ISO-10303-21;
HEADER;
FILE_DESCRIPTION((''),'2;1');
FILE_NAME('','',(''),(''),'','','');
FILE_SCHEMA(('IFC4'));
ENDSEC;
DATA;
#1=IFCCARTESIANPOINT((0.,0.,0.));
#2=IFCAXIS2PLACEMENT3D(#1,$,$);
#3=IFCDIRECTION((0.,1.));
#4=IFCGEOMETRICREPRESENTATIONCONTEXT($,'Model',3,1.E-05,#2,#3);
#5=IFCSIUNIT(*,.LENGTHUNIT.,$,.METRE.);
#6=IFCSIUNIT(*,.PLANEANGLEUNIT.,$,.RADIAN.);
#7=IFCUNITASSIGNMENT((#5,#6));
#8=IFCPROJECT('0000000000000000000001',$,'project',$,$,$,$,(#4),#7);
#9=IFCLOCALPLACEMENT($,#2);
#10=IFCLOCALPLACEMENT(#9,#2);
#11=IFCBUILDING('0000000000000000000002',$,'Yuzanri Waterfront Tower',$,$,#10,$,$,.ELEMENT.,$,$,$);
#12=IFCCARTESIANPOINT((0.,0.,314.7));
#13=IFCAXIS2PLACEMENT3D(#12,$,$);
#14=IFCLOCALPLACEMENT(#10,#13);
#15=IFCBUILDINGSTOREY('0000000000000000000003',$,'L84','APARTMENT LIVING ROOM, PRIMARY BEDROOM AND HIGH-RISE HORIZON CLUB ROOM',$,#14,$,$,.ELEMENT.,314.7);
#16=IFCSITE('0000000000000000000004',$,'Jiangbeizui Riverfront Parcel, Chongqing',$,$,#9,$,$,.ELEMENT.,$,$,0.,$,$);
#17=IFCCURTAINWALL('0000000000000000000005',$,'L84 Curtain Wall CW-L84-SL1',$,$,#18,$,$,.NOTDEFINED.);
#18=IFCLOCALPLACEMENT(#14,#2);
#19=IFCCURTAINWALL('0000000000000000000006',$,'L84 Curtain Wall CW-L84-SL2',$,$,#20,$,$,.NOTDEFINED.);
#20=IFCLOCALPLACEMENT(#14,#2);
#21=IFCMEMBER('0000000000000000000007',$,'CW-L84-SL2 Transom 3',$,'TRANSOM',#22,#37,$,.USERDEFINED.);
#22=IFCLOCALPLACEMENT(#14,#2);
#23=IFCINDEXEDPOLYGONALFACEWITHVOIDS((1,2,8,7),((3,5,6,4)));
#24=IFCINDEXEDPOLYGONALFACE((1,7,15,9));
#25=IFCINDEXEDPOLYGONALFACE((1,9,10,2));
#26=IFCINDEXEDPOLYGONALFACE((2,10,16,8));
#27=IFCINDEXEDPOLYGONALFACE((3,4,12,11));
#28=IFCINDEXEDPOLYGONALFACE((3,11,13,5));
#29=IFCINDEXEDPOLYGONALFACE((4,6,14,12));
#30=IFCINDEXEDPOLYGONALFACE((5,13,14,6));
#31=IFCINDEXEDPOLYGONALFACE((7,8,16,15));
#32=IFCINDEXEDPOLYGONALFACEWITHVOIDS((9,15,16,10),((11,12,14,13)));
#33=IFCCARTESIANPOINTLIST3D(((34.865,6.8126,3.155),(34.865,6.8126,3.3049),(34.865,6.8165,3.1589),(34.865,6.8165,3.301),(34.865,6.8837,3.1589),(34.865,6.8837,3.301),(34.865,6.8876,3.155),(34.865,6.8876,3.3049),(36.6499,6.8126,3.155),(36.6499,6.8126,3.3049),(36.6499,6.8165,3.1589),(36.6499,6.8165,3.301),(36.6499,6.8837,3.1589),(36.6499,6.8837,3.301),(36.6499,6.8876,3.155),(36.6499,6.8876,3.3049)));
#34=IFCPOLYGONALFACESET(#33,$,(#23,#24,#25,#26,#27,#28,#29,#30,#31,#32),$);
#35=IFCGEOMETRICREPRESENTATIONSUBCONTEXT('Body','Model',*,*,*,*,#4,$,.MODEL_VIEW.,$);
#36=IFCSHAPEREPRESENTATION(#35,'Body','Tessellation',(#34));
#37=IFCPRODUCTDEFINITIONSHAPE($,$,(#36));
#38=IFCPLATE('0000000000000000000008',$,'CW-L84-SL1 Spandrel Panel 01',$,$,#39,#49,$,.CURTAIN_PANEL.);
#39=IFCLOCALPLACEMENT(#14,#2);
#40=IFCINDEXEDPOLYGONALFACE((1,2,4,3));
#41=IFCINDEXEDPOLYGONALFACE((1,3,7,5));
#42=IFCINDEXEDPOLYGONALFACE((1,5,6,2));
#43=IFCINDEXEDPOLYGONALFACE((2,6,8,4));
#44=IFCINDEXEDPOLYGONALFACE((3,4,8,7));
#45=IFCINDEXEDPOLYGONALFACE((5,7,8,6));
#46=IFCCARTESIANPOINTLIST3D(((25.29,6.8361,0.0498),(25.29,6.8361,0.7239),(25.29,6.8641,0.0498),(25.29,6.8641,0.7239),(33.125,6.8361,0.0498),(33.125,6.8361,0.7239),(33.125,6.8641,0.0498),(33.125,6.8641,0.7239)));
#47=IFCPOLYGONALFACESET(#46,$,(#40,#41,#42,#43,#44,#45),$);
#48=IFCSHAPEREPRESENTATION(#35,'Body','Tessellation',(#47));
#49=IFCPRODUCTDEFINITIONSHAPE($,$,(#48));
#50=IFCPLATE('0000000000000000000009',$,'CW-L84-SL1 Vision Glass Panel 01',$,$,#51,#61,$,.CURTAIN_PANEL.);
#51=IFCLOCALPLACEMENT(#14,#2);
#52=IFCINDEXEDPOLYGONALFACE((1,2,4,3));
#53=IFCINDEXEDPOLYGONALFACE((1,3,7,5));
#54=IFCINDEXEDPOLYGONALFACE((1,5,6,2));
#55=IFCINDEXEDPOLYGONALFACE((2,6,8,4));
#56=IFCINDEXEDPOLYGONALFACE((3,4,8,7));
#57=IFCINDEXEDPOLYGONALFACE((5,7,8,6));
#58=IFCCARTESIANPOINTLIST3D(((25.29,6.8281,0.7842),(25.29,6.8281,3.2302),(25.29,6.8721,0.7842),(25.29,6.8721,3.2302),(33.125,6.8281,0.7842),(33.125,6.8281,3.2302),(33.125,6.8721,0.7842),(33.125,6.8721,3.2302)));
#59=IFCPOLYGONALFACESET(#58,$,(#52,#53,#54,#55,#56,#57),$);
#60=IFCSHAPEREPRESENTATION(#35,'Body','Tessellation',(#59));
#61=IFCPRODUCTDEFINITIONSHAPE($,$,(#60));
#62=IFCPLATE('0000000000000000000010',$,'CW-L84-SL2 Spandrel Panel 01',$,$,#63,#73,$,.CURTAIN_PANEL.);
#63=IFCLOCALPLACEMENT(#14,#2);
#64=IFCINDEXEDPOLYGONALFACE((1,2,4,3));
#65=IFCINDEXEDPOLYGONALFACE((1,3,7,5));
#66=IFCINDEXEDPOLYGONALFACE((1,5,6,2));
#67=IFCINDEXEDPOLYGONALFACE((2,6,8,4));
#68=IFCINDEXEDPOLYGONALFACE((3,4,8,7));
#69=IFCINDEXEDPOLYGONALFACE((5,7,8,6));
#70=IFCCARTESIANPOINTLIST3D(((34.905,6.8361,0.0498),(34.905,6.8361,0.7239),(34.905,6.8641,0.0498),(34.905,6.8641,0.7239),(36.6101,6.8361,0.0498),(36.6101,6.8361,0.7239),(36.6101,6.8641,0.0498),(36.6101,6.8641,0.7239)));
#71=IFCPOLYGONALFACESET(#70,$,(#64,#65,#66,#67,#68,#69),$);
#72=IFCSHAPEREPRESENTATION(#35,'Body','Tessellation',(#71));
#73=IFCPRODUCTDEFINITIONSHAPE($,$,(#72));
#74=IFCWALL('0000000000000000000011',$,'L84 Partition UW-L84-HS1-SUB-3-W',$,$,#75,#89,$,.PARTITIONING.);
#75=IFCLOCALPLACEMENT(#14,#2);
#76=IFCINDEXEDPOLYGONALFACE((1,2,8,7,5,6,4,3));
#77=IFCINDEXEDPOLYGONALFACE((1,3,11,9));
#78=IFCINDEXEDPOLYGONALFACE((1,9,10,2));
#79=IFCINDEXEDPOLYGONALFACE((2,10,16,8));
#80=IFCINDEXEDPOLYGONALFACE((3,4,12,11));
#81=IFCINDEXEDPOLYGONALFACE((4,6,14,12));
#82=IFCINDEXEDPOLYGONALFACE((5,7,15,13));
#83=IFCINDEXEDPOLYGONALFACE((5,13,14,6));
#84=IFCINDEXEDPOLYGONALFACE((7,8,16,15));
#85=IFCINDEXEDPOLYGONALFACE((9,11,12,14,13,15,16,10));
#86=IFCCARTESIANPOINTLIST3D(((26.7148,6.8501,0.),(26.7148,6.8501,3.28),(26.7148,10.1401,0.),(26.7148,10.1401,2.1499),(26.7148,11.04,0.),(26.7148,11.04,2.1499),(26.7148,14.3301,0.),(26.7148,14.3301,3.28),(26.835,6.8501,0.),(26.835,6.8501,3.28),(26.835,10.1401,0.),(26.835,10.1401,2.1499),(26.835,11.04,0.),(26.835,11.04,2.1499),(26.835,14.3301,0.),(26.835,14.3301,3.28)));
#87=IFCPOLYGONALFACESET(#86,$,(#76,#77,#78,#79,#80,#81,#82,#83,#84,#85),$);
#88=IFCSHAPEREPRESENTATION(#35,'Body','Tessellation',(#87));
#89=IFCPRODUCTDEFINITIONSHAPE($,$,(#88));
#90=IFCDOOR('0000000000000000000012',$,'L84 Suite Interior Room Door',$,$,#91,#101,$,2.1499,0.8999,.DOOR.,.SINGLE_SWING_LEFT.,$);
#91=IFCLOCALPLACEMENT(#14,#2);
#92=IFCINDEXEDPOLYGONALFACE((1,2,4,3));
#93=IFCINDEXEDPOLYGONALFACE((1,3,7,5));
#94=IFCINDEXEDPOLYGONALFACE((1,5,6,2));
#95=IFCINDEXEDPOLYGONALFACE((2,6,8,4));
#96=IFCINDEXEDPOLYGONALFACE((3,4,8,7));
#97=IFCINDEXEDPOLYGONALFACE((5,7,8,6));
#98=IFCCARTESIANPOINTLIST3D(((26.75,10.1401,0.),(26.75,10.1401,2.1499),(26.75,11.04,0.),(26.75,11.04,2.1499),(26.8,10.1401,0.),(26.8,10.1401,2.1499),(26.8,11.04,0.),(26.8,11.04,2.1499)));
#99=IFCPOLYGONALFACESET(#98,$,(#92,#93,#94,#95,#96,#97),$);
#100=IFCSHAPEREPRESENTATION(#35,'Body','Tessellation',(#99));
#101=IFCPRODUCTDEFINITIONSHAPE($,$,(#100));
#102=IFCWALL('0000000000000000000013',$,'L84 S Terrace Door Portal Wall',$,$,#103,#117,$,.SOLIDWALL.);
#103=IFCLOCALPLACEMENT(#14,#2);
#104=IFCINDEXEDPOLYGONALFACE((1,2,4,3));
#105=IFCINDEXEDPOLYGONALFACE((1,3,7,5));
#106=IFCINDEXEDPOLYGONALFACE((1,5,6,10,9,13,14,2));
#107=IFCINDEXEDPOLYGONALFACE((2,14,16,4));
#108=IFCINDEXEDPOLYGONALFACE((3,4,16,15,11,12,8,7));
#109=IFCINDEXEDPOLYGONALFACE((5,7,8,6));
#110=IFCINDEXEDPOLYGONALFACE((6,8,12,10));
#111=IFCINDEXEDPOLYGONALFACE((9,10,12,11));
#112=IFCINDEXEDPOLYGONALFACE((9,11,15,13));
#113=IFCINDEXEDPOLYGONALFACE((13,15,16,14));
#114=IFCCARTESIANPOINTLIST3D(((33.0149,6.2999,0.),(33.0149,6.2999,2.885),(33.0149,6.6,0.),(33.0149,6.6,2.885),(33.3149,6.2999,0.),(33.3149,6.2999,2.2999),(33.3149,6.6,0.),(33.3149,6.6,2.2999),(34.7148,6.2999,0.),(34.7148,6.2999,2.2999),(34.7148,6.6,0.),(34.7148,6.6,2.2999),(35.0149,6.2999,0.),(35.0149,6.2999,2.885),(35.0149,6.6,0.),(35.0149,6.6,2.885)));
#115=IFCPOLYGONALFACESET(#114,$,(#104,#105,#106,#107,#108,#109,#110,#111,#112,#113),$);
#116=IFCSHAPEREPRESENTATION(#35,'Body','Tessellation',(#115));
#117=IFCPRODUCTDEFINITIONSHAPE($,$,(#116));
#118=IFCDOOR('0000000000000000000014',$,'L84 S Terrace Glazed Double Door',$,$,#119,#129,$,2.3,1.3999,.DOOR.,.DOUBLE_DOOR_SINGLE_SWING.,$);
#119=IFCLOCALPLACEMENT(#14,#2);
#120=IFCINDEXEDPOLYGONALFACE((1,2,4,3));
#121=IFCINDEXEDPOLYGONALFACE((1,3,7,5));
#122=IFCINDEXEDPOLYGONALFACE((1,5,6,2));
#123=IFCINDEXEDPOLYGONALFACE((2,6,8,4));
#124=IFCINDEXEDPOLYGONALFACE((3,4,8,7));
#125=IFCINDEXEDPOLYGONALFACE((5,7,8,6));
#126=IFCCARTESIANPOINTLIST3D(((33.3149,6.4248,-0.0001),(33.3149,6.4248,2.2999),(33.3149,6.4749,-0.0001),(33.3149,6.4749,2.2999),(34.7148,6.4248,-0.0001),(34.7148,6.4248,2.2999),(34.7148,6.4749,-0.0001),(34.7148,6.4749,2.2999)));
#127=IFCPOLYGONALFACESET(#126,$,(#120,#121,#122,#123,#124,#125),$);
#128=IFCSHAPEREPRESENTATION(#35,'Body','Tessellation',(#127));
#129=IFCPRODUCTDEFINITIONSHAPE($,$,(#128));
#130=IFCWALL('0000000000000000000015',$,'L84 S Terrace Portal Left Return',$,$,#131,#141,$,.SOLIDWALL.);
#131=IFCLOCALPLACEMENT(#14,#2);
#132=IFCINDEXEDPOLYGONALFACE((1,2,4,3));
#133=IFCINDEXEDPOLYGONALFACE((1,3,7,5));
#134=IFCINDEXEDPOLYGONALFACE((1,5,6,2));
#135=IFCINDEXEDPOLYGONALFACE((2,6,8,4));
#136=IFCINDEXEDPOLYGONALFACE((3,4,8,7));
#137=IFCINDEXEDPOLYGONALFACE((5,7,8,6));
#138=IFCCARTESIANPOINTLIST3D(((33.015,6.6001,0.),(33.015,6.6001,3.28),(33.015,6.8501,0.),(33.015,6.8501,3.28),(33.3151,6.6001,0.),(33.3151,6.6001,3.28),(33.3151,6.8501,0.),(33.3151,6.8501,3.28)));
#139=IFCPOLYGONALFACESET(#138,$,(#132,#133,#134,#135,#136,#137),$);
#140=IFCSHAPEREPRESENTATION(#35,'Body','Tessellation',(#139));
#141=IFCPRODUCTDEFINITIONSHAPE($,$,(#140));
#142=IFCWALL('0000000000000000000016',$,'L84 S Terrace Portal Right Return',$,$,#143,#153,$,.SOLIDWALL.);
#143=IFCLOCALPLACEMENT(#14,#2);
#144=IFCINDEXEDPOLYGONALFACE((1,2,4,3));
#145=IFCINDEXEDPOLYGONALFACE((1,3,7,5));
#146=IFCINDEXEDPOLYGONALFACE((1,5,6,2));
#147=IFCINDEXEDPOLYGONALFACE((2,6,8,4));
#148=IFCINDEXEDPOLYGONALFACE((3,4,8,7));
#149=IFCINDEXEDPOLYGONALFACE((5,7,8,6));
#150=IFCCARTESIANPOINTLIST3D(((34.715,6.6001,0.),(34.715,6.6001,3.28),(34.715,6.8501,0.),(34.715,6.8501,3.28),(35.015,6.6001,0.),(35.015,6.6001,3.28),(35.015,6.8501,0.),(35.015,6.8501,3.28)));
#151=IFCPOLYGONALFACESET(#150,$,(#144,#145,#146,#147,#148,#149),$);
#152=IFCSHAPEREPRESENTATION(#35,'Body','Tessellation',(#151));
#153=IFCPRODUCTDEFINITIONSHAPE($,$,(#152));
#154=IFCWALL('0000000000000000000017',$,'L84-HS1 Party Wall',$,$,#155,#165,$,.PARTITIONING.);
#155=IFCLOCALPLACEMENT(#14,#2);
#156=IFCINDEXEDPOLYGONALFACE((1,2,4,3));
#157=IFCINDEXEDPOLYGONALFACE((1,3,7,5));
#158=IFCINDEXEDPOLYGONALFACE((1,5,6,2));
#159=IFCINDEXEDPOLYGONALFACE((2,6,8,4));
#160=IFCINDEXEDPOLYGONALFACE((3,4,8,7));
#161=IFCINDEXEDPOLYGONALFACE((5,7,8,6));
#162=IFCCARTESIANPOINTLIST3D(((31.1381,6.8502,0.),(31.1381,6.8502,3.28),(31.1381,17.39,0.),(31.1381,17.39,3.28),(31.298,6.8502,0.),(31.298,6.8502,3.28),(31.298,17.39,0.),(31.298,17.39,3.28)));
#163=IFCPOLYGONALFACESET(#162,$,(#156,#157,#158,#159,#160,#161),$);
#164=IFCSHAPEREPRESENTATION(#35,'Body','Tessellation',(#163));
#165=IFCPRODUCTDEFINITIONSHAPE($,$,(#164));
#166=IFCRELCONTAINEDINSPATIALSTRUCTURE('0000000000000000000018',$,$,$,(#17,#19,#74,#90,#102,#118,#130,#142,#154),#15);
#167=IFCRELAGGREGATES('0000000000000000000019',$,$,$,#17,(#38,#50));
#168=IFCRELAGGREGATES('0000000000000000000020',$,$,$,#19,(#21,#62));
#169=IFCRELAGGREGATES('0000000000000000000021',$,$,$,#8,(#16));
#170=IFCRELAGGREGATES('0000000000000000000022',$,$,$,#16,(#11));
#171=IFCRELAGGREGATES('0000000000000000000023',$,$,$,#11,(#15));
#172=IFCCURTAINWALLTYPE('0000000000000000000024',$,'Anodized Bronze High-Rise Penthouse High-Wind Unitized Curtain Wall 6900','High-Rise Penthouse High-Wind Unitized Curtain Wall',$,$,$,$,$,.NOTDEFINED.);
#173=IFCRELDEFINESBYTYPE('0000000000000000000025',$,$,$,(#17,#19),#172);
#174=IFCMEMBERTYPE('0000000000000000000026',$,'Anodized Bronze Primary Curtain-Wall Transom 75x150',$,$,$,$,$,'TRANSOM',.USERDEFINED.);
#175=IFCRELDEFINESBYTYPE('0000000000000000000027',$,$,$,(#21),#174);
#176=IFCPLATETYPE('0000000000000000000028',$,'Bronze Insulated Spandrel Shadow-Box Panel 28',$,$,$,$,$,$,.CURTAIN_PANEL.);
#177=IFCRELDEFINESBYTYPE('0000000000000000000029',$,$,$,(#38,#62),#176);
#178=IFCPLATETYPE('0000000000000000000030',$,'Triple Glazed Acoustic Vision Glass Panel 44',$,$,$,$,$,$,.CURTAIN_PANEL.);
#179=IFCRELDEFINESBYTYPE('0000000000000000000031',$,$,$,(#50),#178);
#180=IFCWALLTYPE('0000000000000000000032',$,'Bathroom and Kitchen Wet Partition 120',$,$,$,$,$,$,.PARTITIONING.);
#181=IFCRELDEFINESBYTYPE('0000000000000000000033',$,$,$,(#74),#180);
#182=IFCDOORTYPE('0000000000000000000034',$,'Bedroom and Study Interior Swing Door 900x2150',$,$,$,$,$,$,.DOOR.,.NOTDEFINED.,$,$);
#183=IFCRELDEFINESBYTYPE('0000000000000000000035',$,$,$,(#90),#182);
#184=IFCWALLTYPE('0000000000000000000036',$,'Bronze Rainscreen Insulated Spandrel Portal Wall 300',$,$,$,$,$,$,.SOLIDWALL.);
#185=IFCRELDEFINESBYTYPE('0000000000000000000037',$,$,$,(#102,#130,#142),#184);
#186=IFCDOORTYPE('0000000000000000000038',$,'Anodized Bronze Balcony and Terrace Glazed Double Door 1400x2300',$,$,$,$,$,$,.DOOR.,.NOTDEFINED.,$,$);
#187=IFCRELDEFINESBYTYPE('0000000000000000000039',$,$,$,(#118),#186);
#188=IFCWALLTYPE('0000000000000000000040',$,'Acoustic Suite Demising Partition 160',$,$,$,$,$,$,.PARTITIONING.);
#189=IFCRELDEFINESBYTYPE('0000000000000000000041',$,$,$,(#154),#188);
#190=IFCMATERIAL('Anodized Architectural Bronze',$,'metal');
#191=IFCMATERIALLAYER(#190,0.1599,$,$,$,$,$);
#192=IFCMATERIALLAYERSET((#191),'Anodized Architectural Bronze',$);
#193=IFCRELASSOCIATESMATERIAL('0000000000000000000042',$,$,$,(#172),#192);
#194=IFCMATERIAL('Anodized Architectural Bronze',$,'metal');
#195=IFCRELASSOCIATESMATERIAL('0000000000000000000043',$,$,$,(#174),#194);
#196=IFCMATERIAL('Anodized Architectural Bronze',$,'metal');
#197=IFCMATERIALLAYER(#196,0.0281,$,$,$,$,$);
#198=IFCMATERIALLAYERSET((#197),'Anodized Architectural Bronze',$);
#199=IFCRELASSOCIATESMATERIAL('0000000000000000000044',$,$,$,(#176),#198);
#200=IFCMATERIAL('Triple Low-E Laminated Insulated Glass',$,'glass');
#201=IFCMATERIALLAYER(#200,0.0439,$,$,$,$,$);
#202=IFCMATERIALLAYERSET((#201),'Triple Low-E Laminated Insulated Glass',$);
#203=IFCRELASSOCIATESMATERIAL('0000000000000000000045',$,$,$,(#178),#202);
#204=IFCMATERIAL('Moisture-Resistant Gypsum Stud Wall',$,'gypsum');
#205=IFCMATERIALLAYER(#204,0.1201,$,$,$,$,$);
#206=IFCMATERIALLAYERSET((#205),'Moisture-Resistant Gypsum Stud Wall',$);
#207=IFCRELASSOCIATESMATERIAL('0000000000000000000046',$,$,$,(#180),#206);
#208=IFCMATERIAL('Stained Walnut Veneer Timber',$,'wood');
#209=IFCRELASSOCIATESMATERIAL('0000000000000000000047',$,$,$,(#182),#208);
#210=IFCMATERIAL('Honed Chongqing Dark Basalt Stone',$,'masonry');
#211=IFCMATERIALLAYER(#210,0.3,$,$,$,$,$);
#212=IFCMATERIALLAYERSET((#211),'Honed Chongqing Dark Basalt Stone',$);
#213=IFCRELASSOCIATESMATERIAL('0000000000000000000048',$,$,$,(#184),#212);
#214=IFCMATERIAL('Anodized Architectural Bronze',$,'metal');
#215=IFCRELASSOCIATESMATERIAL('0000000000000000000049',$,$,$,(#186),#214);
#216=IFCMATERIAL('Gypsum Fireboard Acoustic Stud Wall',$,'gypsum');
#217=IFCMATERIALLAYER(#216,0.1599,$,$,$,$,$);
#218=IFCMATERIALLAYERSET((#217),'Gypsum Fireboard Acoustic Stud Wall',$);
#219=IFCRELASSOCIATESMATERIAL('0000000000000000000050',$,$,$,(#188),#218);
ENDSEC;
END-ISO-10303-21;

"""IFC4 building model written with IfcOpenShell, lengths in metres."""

from ifc_helpers import new_model, si_unit, direction, frame, frame_2d, origin, origin_2d, place, context, subcontext, project, spatial, rectangle, hollow_rectangle, extrude, source, transform, mapped, material, layer, layer_set, material_profile, profile_set, type_object, element, fill, aggregate, save


model = new_model("IFC4")

# Units and contexts
model_context = context("Model", 3, precision=1e-05, world=origin(), true_north=direction((0.0, 1.0)))
body_context = subcontext(model_context, "Body", "Model", "MODEL_VIEW")
ifc_project = project(units=[si_unit("LENGTHUNIT", "METRE"), si_unit("PLANEANGLEUNIT", "RADIAN")], contexts=[model_context])

# Site, building, storey
site_placement = place(None, origin())
site = spatial("IfcSite", under=ifc_project, at=site_placement, Name="Jiangbeizui Riverfront Parcel, Chongqing", CompositionType="ELEMENT", RefElevation=0.0)
building_placement = place(site_placement, origin())
building = spatial("IfcBuilding", under=site, at=building_placement, Name="Yuzanri Waterfront Tower", CompositionType="ELEMENT")
storey_placement = place(building_placement, frame((0.0, 0.0, 314.7)))
storey = spatial("IfcBuildingStorey", under=building, at=storey_placement, Name="L84", Description="APARTMENT LIVING ROOM, PRIMARY BEDROOM AND HIGH-RISE HORIZON CLUB ROOM", CompositionType="ELEMENT", Elevation=314.7)

# Curtain wall
ifc_material_1 = material(Name="Anodized Architectural Bronze", Category="metal")
ifc_layer_1 = layer(ifc_material_1, 0.1599)
ifc_layer_set_1 = layer_set([ifc_layer_1], Name="Anodized Architectural Bronze")
curtain_wall_type = type_object("IfcCurtainWallType", Name="Anodized Bronze High-Rise Penthouse High-Wind Unitized Curtain Wall 6900", Description="High-Rise Penthouse High-Wind Unitized Curtain Wall", PredefinedType="NOTDEFINED", material=ifc_layer_set_1)
curtain_wall_1_placement = place(storey_placement, origin())
curtain_wall_1 = element("IfcCurtainWall", 1, at=curtain_wall_1_placement, inside=storey, type_object=curtain_wall_type, Name="L84 Curtain Wall CW-L84-SL1", PredefinedType="NOTDEFINED")

# Curtain wall
curtain_wall_2_placement = place(storey_placement, origin())
curtain_wall_2 = element("IfcCurtainWall", 2, at=curtain_wall_2_placement, inside=storey, type_object=curtain_wall_type, Name="L84 Curtain Wall CW-L84-SL2", PredefinedType="NOTDEFINED")

# Member
ifc_material_2 = material(Name="Anodized Architectural Bronze", Category="metal")
ifc_material_profile_1 = material_profile(ifc_material_2, hollow_rectangle(XDim=0.075, YDim=0.1499, WallThickness=0.0039, at=origin_2d()), Name="CWT 75x150")
ifc_profile_set_1 = profile_set([ifc_material_profile_1], Name="Anodized Architectural Bronze")
member_type_1 = type_object("IfcMemberType", Name="Anodized Bronze Primary Curtain-Wall Transom 75x150", ElementType="TRANSOM", PredefinedType="USERDEFINED", material=ifc_profile_set_1)
shared_shape_1 = source(origin(), body_context, "Body", "SweptSolid", [
    extrude(hollow_rectangle(XDim=0.075, YDim=0.1499, WallThickness=0.0039, at=origin_2d()), origin(), (0.0, 0.0, 1.0), 1.7849),
])
member_1_placement = place(storey_placement, frame((34.865, 6.8501, 3.23), z_axis=(1.0, 0.0, 0.0), x_axis=(0.0, 1.0, 0.0)))
member_1 = element("IfcMember", 3, at=member_1_placement, type_object=member_type_1, Name="CW-L84-SL2 Transom 3", ObjectType="TRANSOM", PredefinedType="USERDEFINED", context=body_context, shape_type="MappedRepresentation", body=[
    mapped(shared_shape_1, transform((0.0, 0.0, 0.0), scale=1.0)),
])

# Plates
ifc_material_3 = material(Name="Anodized Architectural Bronze", Category="metal")
ifc_layer_2 = layer(ifc_material_3, 0.0281)
ifc_layer_set_2 = layer_set([ifc_layer_2], Name="Anodized Architectural Bronze")
plate_type_1 = type_object("IfcPlateType", Name="Bronze Insulated Spandrel Shadow-Box Panel 28", PredefinedType="CURTAIN_PANEL", material=ifc_layer_set_2)
shared_shape_2 = source(origin(), body_context, "Body", "SweptSolid", [
    extrude(rectangle(XDim=7.835, YDim=0.0281, at=origin_2d()), origin(), (0.0, 0.0, 1.0), 0.6741),
])
plate_1_placement = place(storey_placement, frame((29.2075, 6.8501, 0.0498), z_axis=(0.0, 0.0, 1.0), x_axis=(1.0, 0.0, 0.0)))
plate_1 = element("IfcPlate", 4, at=plate_1_placement, type_object=plate_type_1, Name="CW-L84-SL1 Spandrel Panel 01", PredefinedType="CURTAIN_PANEL", context=body_context, shape_type="MappedRepresentation", body=[
    mapped(shared_shape_2, transform((0.0, 0.0, 0.0), scale=1.0)),
])
ifc_material_4 = material(Name="Triple Low-E Laminated Insulated Glass", Category="glass")
ifc_layer_3 = layer(ifc_material_4, 0.0439)
ifc_layer_set_3 = layer_set([ifc_layer_3], Name="Triple Low-E Laminated Insulated Glass")
plate_type_2 = type_object("IfcPlateType", Name="Triple Glazed Acoustic Vision Glass Panel 44", PredefinedType="CURTAIN_PANEL", material=ifc_layer_set_3)
shared_shape_3 = source(origin(), body_context, "Body", "SweptSolid", [
    extrude(rectangle(XDim=7.835, YDim=0.0439, at=origin_2d()), origin(), (0.0, 0.0, 1.0), 2.446),
])
plate_2_placement = place(storey_placement, frame((29.2075, 6.8501, 0.7842), z_axis=(0.0, 0.0, 1.0), x_axis=(1.0, 0.0, 0.0)))
plate_2 = element("IfcPlate", 5, at=plate_2_placement, type_object=plate_type_2, Name="CW-L84-SL1 Vision Glass Panel 01", PredefinedType="CURTAIN_PANEL", context=body_context, shape_type="MappedRepresentation", body=[
    mapped(shared_shape_3, transform((0.0, 0.0, 0.0), scale=1.0)),
])
aggregate(curtain_wall_1, [plate_1, plate_2])
shared_shape_4 = source(origin(), body_context, "Body", "SweptSolid", [
    extrude(rectangle(XDim=1.7051, YDim=0.0281, at=origin_2d()), origin(), (0.0, 0.0, 1.0), 0.6741),
])
plate_3_placement = place(storey_placement, frame((35.7576, 6.8501, 0.0498), z_axis=(0.0, 0.0, 1.0), x_axis=(1.0, 0.0, 0.0)))
plate_3 = element("IfcPlate", 6, at=plate_3_placement, type_object=plate_type_1, Name="CW-L84-SL2 Spandrel Panel 01", PredefinedType="CURTAIN_PANEL", context=body_context, shape_type="MappedRepresentation", body=[
    mapped(shared_shape_4, transform((0.0, 0.0, 0.0), scale=1.0)),
])
aggregate(curtain_wall_2, [member_1, plate_3])

# Walls, openings, doors
ifc_material_5 = material(Name="Moisture-Resistant Gypsum Stud Wall", Category="gypsum")
ifc_layer_4 = layer(ifc_material_5, 0.1201)
ifc_layer_set_4 = layer_set([ifc_layer_4], Name="Moisture-Resistant Gypsum Stud Wall")
wall_type_1 = type_object("IfcWallType", Name="Bathroom and Kitchen Wet Partition 120", PredefinedType="PARTITIONING", material=ifc_layer_set_4)
wall_1_placement = place(storey_placement, frame((26.7749, 6.8501, 0.0), z_axis=(0.0, 0.0, 1.0), x_axis=(0.0, 1.0, 0.0)))
wall_1 = element("IfcWall", 7, at=wall_1_placement, inside=storey, type_object=wall_type_1, Name="L84 Partition UW-L84-HS1-SUB-3-W", PredefinedType="PARTITIONING", context=body_context, shape_type="SweptSolid", body=[
    extrude(rectangle(XDim=7.48, YDim=0.1201, at=frame_2d((3.74, 0.0))), origin(), (0.0, 0.0, 1.0), 3.28),
])
opening_1_placement = place(wall_1_placement, frame((3.29, 0.0, 0.0)))
opening_1 = element("IfcOpeningElement", 8, at=opening_1_placement, cuts=wall_1, PredefinedType="OPENING", context=body_context, shape_type="SweptSolid", body=[
    extrude(rectangle(XDim=0.8999, YDim=2.1499, at=frame_2d((0.45, 1.075))), frame((0.0, 0.075, 0.0), z_axis=(0.0, -1.0, 0.0), x_axis=(1.0, 0.0, 0.0)), (0.0, 0.0, 1.0), 0.1499),
])
ifc_material_6 = material(Name="Stained Walnut Veneer Timber", Category="wood")
door_type_1 = type_object("IfcDoorType", Name="Bedroom and Study Interior Swing Door 900x2150", OperationType="NOTDEFINED", PredefinedType="DOOR", material=ifc_material_6)
shared_shape_5 = source(origin(), body_context, "Body", "SweptSolid", [
    extrude(rectangle(XDim=0.8999, YDim=2.1499, at=frame_2d((0.45, 1.075))), frame((0.0, 0.0249, 0.0), z_axis=(0.0, -1.0, 0.0), x_axis=(1.0, 0.0, 0.0)), (0.0, 0.0, 1.0), 0.05),
])
door_1_placement = place(opening_1_placement, origin())
door_1 = element("IfcDoor", 9, at=door_1_placement, inside=storey, type_object=door_type_1, Name="L84 Suite Interior Room Door", OperationType="SINGLE_SWING_LEFT", OverallHeight=2.1499, OverallWidth=0.8999, PredefinedType="DOOR", context=body_context, shape_type="MappedRepresentation", body=[
    mapped(shared_shape_5, transform((0.0, 0.0, 0.0), scale=1.0)),
])
fill(opening_1, door_1)
ifc_material_7 = material(Name="Honed Chongqing Dark Basalt Stone", Category="masonry")
ifc_layer_5 = layer(ifc_material_7, 0.3)
ifc_layer_set_5 = layer_set([ifc_layer_5], Name="Honed Chongqing Dark Basalt Stone")
wall_type_2 = type_object("IfcWallType", Name="Bronze Rainscreen Insulated Spandrel Portal Wall 300", PredefinedType="SOLIDWALL", material=ifc_layer_set_5)
wall_2_placement = place(storey_placement, frame((33.0149, 6.45, 0.0), z_axis=(0.0, 0.0, 1.0), x_axis=(1.0, 0.0, 0.0)))
wall_2 = element("IfcWall", 10, at=wall_2_placement, inside=storey, type_object=wall_type_2, Name="L84 S Terrace Door Portal Wall", PredefinedType="SOLIDWALL", context=body_context, shape_type="SweptSolid", body=[
    extrude(rectangle(XDim=2.0, YDim=0.3, at=frame_2d((1.0, 0.0))), origin(), (0.0, 0.0, 1.0), 2.885),
])
opening_2_placement = place(wall_2_placement, frame((0.3, 0.0, 0.0)))
opening_2 = element("IfcOpeningElement", 11, at=opening_2_placement, cuts=wall_2, PredefinedType="OPENING", context=body_context, shape_type="SweptSolid", body=[
    extrude(rectangle(XDim=1.3999, YDim=2.3, at=frame_2d((0.7, 1.1499))), frame((0.0, 0.165, 0.0), z_axis=(0.0, -1.0, 0.0), x_axis=(1.0, 0.0, 0.0)), (0.0, 0.0, 1.0), 0.3298),
])
ifc_material_8 = material(Name="Anodized Architectural Bronze", Category="metal")
door_type_2 = type_object("IfcDoorType", Name="Anodized Bronze Balcony and Terrace Glazed Double Door 1400x2300", OperationType="NOTDEFINED", PredefinedType="DOOR", material=ifc_material_8)
shared_shape_6 = source(origin(), body_context, "Body", "SweptSolid", [
    extrude(rectangle(XDim=1.3999, YDim=2.3, at=frame_2d((0.7, 1.1499))), frame((0.0, 0.0249, 0.0), z_axis=(0.0, -1.0, 0.0), x_axis=(1.0, 0.0, 0.0)), (0.0, 0.0, 1.0), 0.05),
])
door_2_placement = place(opening_2_placement, origin())
door_2 = element("IfcDoor", 12, at=door_2_placement, inside=storey, type_object=door_type_2, Name="L84 S Terrace Glazed Double Door", OperationType="DOUBLE_DOOR_SINGLE_SWING", OverallHeight=2.3, OverallWidth=1.3999, PredefinedType="DOOR", context=body_context, shape_type="MappedRepresentation", body=[
    mapped(shared_shape_6, transform((0.0, 0.0, 0.0), scale=1.0)),
])
fill(opening_2, door_2)

# Walls
shared_shape_7 = source(origin(), body_context, "Body", "SweptSolid", [
    extrude(rectangle(XDim=0.25, YDim=0.3, at=frame_2d((0.125, 0.0))), origin(), (0.0, 0.0, 1.0), 3.28),
])
for number, where, z_axis, x_axis, name in (
    (13, (33.165, 6.8501, 0.0), (0.0, 0.0, 1.0), (0.0, -1.0, 0.0), "L84 S Terrace Portal Left Return"),
    (14, (34.865, 6.6001, 0.0), (0.0, 0.0, 1.0), (0.0, 1.0, 0.0), "L84 S Terrace Portal Right Return"),
):
    element("IfcWall", number, at=place(storey_placement, frame(where, z_axis=z_axis, x_axis=x_axis)), inside=storey, type_object=wall_type_2, Name=name, PredefinedType="SOLIDWALL", context=body_context, shape_type="MappedRepresentation", body=[
        mapped(shared_shape_7, transform((0.0, 0.0, 0.0), scale=1.0)),
    ])
ifc_material_9 = material(Name="Gypsum Fireboard Acoustic Stud Wall", Category="gypsum")
ifc_layer_6 = layer(ifc_material_9, 0.1599)
ifc_layer_set_6 = layer_set([ifc_layer_6], Name="Gypsum Fireboard Acoustic Stud Wall")
wall_type_3 = type_object("IfcWallType", Name="Acoustic Suite Demising Partition 160", PredefinedType="PARTITIONING", material=ifc_layer_set_6)
shared_shape_8 = source(origin(), body_context, "Body", "SweptSolid", [
    extrude(rectangle(XDim=10.5398, YDim=0.1599, at=frame_2d((5.27, 0.0))), origin(), (0.0, 0.0, 1.0), 3.28),
])
wall_3_placement = place(storey_placement, frame((31.218, 6.8501, 0.0), z_axis=(0.0, 0.0, 1.0), x_axis=(0.0, 1.0, 0.0)))
element("IfcWall", 15, at=wall_3_placement, inside=storey, type_object=wall_type_3, Name="L84-HS1 Party Wall", PredefinedType="PARTITIONING", context=body_context, shape_type="MappedRepresentation", body=[
    mapped(shared_shape_8, transform((0.0, 0.0, 0.0), scale=1.0)),
])

save(model, "model.ifc")
